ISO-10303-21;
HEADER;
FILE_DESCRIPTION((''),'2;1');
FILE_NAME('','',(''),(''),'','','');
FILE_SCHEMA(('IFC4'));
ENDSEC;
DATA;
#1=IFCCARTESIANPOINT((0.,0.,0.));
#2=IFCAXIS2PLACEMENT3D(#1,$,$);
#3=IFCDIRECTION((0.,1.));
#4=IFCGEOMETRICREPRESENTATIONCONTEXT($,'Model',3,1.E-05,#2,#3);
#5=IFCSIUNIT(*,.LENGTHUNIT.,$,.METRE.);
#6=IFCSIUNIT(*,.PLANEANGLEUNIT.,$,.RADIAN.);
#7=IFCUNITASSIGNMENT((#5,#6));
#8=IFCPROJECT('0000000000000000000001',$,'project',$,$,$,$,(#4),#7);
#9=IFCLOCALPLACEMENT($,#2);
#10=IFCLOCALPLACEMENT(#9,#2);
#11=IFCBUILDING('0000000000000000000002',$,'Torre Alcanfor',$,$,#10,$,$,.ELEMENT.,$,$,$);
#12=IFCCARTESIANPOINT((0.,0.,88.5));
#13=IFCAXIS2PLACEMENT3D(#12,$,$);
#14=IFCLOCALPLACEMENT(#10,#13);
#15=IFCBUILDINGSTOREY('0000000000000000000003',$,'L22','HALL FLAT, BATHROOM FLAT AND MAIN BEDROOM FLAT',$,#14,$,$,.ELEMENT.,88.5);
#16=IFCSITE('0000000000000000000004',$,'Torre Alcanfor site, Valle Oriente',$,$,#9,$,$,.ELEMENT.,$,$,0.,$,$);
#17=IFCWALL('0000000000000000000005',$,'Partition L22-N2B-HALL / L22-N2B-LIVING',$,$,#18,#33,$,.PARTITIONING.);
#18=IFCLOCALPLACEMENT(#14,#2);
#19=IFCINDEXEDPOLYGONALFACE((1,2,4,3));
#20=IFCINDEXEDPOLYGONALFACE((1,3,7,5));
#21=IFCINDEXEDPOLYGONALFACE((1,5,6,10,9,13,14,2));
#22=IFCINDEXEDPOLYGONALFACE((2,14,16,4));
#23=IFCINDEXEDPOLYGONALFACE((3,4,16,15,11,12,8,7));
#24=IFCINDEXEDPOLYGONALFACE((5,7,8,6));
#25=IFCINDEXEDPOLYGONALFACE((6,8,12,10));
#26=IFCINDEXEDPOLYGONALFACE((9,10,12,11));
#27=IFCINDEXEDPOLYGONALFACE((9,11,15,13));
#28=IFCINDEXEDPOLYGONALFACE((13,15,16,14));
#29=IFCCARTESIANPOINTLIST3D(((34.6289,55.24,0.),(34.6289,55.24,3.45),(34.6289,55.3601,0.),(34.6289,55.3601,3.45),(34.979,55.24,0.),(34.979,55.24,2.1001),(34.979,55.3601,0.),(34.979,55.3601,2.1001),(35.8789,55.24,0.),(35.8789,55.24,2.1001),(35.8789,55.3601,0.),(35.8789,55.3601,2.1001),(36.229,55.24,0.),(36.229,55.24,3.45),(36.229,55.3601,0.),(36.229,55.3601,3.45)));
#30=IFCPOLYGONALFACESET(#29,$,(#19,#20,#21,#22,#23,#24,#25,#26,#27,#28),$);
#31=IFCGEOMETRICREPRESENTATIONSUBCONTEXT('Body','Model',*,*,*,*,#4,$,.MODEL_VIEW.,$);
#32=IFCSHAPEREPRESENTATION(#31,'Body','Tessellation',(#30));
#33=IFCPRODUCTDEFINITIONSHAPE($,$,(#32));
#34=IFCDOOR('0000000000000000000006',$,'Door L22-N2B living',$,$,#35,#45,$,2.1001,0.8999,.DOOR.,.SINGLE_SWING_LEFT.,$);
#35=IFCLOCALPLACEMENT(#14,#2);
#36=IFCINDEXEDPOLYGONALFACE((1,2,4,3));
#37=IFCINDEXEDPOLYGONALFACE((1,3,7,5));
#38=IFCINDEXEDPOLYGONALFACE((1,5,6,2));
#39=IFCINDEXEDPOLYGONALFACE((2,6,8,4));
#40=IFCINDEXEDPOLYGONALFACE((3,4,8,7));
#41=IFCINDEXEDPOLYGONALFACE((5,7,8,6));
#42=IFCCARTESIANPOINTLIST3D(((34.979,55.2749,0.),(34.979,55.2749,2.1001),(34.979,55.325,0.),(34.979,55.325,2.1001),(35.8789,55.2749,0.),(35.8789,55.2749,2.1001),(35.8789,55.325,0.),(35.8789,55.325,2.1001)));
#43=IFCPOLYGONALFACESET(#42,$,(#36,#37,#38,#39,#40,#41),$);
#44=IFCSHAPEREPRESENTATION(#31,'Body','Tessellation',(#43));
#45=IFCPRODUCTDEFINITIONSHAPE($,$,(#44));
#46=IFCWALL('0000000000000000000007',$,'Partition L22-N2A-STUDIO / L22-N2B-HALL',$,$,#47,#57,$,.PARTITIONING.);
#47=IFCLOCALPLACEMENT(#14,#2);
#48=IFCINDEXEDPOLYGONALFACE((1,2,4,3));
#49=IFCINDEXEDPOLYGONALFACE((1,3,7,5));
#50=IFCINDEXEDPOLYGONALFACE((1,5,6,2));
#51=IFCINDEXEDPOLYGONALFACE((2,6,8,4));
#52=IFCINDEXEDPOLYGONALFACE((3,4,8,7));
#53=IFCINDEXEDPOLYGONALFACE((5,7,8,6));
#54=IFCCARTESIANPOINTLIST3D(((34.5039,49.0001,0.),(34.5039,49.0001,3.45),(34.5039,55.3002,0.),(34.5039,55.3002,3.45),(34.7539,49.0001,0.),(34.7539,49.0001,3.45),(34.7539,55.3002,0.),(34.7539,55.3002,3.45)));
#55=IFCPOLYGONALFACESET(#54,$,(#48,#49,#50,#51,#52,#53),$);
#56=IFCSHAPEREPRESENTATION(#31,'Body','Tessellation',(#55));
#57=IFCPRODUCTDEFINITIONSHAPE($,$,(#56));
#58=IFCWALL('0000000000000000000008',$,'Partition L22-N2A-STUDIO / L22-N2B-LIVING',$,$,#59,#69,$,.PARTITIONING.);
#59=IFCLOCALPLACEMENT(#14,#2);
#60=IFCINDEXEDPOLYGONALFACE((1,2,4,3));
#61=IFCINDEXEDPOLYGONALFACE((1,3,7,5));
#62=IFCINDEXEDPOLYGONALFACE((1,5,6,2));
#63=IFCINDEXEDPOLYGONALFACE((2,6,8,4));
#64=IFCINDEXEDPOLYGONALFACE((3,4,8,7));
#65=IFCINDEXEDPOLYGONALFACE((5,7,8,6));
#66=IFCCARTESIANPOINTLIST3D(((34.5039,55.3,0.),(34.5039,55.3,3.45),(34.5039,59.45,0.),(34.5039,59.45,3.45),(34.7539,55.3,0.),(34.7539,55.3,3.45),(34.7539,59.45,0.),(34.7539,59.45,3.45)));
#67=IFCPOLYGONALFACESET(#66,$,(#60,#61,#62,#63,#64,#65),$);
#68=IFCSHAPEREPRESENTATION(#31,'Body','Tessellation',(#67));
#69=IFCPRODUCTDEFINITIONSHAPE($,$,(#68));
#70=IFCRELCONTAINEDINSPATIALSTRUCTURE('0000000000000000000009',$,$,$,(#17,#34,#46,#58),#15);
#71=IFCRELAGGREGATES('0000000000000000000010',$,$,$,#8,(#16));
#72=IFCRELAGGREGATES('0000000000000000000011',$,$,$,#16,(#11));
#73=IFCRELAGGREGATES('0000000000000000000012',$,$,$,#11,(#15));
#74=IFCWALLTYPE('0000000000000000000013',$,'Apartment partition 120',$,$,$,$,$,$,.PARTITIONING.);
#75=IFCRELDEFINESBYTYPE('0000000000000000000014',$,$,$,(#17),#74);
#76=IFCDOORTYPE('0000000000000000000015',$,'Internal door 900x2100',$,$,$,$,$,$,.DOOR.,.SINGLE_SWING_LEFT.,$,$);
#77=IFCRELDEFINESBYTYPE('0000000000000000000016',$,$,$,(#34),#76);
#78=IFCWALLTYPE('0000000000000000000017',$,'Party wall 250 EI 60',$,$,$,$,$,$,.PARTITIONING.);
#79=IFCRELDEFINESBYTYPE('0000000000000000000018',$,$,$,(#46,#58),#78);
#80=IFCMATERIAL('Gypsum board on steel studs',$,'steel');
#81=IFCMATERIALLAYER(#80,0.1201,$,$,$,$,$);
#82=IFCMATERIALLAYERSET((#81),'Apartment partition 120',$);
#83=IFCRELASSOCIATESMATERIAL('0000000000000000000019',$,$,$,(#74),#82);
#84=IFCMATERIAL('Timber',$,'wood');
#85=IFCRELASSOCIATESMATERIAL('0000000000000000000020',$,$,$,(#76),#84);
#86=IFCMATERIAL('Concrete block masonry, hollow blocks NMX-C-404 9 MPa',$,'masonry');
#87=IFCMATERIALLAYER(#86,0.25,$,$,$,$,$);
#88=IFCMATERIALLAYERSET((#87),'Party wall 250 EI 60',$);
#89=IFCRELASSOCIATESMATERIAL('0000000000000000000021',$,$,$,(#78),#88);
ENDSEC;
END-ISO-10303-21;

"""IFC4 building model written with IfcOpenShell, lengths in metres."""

from ifc_helpers import new_model, si_unit, direction, frame, frame_2d, origin, place, context, subcontext, project, spatial, rectangle, extrude, material, layer, layer_set, type_object, element, fill, save


model = new_model("IFC4")

# Units and contexts
model_context = context("Model", 3, precision=1e-05, world=origin(), true_north=direction((0.0, 1.0)))
body_context = subcontext(model_context, "Body", "Model", "MODEL_VIEW")
ifc_project = project(units=[si_unit("LENGTHUNIT", "METRE"), si_unit("PLANEANGLEUNIT", "RADIAN")], contexts=[model_context])

# Site, building, storey
site_placement = place(None, origin())
site = spatial("IfcSite", under=ifc_project, at=site_placement, Name="Torre Alcanfor site, Valle Oriente", CompositionType="ELEMENT", RefElevation=0.0)
building_placement = place(site_placement, origin())
building = spatial("IfcBuilding", under=site, at=building_placement, Name="Torre Alcanfor", CompositionType="ELEMENT")
storey_placement = place(building_placement, frame((0.0, 0.0, 88.5)))
storey = spatial("IfcBuildingStorey", under=building, at=storey_placement, Name="L22", Description="HALL FLAT, BATHROOM FLAT AND MAIN BEDROOM FLAT", CompositionType="ELEMENT", Elevation=88.5)

# Shared definitions
ifc_material_1 = material(Name="Gypsum board on steel studs", Category="steel")
ifc_layer_1 = layer(ifc_material_1, 0.1201)
ifc_layer_set_1 = layer_set([ifc_layer_1], Name="Apartment partition 120")
wall_type_1 = type_object("IfcWallType", Name="Apartment partition 120", PredefinedType="PARTITIONING", material=ifc_layer_set_1)

# Wall, opening, door
wall_1_placement = place(storey_placement, frame((34.6289, 55.3, 0.0), z_axis=(0.0, 0.0, 1.0), x_axis=(1.0, 0.0, 0.0)))
wall_1 = element("IfcWall", 1, at=wall_1_placement, inside=storey, type_object=wall_type_1, Name="Partition L22-N2B-HALL / L22-N2B-LIVING", PredefinedType="PARTITIONING", context=body_context, shape_type="SweptSolid", body=[
    extrude(rectangle(XDim=1.6001, YDim=0.1201, at=frame_2d((0.8, 0.0))), origin(), (0.0, 0.0, 1.0), 3.45),
])
opening_placement = place(wall_1_placement, frame((0.3501, 0.0, 0.0)))
opening = element("IfcOpeningElement", 2, at=opening_placement, cuts=wall_1, PredefinedType="OPENING", context=body_context, shape_type="SweptSolid", body=[
    extrude(rectangle(XDim=0.8999, YDim=2.1001, at=frame_2d((0.45, 1.05))), frame((0.0, 0.0701, 0.0), z_axis=(0.0, -1.0, 0.0), x_axis=(1.0, 0.0, 0.0)), (0.0, 0.0, 1.0), 0.1401),
])
ifc_material_2 = material(Name="Timber", Category="wood")
door_type = type_object("IfcDoorType", Name="Internal door 900x2100", OperationType="SINGLE_SWING_LEFT", PredefinedType="DOOR", material=ifc_material_2)
door_placement = place(opening_placement, origin())
door = element("IfcDoor", 3, at=door_placement, inside=storey, type_object=door_type, Name="Door L22-N2B living", OperationType="SINGLE_SWING_LEFT", OverallHeight=2.1001, OverallWidth=0.8999, PredefinedType="DOOR", context=body_context, shape_type="SweptSolid", body=[
    extrude(rectangle(XDim=0.8999, YDim=2.1001, at=frame_2d((0.45, 1.05))), frame((0.0, 0.0249, 0.0), z_axis=(0.0, -1.0, 0.0), x_axis=(1.0, 0.0, 0.0)), (0.0, 0.0, 1.0), 0.05),
])
fill(opening, door)

# Walls
ifc_material_3 = material(Name="Concrete block masonry, hollow blocks NMX-C-404 9 MPa", Category="masonry")
ifc_layer_2 = layer(ifc_material_3, 0.25)
ifc_layer_set_2 = layer_set([ifc_layer_2], Name="Party wall 250 EI 60")
wall_type_2 = type_object("IfcWallType", Name="Party wall 250 EI 60", PredefinedType="PARTITIONING", material=ifc_layer_set_2)
wall_2_placement = place(storey_placement, frame((34.6289, 55.3, 0.0), z_axis=(0.0, 0.0, 1.0), x_axis=(0.0, -1.0, 0.0)))
element("IfcWall", 4, at=wall_2_placement, inside=storey, type_object=wall_type_2, Name="Partition L22-N2A-STUDIO / L22-N2B-HALL", PredefinedType="PARTITIONING", context=body_context, shape_type="SweptSolid", body=[
    extrude(rectangle(XDim=6.3, YDim=0.25, at=frame_2d((3.1499, 0.0))), origin(), (0.0, 0.0, 1.0), 3.45),
])
wall_3_placement = place(storey_placement, frame((34.6289, 59.45, 0.0), z_axis=(0.0, 0.0, 1.0), x_axis=(0.0, -1.0, 0.0)))
element("IfcWall", 5, at=wall_3_placement, inside=storey, type_object=wall_type_2, Name="Partition L22-N2A-STUDIO / L22-N2B-LIVING", PredefinedType="PARTITIONING", context=body_context, shape_type="SweptSolid", body=[
    extrude(rectangle(XDim=4.1499, YDim=0.25, at=frame_2d((2.075, 0.0))), origin(), (0.0, 0.0, 1.0), 3.45),
])

save(model, "model.ifc")
